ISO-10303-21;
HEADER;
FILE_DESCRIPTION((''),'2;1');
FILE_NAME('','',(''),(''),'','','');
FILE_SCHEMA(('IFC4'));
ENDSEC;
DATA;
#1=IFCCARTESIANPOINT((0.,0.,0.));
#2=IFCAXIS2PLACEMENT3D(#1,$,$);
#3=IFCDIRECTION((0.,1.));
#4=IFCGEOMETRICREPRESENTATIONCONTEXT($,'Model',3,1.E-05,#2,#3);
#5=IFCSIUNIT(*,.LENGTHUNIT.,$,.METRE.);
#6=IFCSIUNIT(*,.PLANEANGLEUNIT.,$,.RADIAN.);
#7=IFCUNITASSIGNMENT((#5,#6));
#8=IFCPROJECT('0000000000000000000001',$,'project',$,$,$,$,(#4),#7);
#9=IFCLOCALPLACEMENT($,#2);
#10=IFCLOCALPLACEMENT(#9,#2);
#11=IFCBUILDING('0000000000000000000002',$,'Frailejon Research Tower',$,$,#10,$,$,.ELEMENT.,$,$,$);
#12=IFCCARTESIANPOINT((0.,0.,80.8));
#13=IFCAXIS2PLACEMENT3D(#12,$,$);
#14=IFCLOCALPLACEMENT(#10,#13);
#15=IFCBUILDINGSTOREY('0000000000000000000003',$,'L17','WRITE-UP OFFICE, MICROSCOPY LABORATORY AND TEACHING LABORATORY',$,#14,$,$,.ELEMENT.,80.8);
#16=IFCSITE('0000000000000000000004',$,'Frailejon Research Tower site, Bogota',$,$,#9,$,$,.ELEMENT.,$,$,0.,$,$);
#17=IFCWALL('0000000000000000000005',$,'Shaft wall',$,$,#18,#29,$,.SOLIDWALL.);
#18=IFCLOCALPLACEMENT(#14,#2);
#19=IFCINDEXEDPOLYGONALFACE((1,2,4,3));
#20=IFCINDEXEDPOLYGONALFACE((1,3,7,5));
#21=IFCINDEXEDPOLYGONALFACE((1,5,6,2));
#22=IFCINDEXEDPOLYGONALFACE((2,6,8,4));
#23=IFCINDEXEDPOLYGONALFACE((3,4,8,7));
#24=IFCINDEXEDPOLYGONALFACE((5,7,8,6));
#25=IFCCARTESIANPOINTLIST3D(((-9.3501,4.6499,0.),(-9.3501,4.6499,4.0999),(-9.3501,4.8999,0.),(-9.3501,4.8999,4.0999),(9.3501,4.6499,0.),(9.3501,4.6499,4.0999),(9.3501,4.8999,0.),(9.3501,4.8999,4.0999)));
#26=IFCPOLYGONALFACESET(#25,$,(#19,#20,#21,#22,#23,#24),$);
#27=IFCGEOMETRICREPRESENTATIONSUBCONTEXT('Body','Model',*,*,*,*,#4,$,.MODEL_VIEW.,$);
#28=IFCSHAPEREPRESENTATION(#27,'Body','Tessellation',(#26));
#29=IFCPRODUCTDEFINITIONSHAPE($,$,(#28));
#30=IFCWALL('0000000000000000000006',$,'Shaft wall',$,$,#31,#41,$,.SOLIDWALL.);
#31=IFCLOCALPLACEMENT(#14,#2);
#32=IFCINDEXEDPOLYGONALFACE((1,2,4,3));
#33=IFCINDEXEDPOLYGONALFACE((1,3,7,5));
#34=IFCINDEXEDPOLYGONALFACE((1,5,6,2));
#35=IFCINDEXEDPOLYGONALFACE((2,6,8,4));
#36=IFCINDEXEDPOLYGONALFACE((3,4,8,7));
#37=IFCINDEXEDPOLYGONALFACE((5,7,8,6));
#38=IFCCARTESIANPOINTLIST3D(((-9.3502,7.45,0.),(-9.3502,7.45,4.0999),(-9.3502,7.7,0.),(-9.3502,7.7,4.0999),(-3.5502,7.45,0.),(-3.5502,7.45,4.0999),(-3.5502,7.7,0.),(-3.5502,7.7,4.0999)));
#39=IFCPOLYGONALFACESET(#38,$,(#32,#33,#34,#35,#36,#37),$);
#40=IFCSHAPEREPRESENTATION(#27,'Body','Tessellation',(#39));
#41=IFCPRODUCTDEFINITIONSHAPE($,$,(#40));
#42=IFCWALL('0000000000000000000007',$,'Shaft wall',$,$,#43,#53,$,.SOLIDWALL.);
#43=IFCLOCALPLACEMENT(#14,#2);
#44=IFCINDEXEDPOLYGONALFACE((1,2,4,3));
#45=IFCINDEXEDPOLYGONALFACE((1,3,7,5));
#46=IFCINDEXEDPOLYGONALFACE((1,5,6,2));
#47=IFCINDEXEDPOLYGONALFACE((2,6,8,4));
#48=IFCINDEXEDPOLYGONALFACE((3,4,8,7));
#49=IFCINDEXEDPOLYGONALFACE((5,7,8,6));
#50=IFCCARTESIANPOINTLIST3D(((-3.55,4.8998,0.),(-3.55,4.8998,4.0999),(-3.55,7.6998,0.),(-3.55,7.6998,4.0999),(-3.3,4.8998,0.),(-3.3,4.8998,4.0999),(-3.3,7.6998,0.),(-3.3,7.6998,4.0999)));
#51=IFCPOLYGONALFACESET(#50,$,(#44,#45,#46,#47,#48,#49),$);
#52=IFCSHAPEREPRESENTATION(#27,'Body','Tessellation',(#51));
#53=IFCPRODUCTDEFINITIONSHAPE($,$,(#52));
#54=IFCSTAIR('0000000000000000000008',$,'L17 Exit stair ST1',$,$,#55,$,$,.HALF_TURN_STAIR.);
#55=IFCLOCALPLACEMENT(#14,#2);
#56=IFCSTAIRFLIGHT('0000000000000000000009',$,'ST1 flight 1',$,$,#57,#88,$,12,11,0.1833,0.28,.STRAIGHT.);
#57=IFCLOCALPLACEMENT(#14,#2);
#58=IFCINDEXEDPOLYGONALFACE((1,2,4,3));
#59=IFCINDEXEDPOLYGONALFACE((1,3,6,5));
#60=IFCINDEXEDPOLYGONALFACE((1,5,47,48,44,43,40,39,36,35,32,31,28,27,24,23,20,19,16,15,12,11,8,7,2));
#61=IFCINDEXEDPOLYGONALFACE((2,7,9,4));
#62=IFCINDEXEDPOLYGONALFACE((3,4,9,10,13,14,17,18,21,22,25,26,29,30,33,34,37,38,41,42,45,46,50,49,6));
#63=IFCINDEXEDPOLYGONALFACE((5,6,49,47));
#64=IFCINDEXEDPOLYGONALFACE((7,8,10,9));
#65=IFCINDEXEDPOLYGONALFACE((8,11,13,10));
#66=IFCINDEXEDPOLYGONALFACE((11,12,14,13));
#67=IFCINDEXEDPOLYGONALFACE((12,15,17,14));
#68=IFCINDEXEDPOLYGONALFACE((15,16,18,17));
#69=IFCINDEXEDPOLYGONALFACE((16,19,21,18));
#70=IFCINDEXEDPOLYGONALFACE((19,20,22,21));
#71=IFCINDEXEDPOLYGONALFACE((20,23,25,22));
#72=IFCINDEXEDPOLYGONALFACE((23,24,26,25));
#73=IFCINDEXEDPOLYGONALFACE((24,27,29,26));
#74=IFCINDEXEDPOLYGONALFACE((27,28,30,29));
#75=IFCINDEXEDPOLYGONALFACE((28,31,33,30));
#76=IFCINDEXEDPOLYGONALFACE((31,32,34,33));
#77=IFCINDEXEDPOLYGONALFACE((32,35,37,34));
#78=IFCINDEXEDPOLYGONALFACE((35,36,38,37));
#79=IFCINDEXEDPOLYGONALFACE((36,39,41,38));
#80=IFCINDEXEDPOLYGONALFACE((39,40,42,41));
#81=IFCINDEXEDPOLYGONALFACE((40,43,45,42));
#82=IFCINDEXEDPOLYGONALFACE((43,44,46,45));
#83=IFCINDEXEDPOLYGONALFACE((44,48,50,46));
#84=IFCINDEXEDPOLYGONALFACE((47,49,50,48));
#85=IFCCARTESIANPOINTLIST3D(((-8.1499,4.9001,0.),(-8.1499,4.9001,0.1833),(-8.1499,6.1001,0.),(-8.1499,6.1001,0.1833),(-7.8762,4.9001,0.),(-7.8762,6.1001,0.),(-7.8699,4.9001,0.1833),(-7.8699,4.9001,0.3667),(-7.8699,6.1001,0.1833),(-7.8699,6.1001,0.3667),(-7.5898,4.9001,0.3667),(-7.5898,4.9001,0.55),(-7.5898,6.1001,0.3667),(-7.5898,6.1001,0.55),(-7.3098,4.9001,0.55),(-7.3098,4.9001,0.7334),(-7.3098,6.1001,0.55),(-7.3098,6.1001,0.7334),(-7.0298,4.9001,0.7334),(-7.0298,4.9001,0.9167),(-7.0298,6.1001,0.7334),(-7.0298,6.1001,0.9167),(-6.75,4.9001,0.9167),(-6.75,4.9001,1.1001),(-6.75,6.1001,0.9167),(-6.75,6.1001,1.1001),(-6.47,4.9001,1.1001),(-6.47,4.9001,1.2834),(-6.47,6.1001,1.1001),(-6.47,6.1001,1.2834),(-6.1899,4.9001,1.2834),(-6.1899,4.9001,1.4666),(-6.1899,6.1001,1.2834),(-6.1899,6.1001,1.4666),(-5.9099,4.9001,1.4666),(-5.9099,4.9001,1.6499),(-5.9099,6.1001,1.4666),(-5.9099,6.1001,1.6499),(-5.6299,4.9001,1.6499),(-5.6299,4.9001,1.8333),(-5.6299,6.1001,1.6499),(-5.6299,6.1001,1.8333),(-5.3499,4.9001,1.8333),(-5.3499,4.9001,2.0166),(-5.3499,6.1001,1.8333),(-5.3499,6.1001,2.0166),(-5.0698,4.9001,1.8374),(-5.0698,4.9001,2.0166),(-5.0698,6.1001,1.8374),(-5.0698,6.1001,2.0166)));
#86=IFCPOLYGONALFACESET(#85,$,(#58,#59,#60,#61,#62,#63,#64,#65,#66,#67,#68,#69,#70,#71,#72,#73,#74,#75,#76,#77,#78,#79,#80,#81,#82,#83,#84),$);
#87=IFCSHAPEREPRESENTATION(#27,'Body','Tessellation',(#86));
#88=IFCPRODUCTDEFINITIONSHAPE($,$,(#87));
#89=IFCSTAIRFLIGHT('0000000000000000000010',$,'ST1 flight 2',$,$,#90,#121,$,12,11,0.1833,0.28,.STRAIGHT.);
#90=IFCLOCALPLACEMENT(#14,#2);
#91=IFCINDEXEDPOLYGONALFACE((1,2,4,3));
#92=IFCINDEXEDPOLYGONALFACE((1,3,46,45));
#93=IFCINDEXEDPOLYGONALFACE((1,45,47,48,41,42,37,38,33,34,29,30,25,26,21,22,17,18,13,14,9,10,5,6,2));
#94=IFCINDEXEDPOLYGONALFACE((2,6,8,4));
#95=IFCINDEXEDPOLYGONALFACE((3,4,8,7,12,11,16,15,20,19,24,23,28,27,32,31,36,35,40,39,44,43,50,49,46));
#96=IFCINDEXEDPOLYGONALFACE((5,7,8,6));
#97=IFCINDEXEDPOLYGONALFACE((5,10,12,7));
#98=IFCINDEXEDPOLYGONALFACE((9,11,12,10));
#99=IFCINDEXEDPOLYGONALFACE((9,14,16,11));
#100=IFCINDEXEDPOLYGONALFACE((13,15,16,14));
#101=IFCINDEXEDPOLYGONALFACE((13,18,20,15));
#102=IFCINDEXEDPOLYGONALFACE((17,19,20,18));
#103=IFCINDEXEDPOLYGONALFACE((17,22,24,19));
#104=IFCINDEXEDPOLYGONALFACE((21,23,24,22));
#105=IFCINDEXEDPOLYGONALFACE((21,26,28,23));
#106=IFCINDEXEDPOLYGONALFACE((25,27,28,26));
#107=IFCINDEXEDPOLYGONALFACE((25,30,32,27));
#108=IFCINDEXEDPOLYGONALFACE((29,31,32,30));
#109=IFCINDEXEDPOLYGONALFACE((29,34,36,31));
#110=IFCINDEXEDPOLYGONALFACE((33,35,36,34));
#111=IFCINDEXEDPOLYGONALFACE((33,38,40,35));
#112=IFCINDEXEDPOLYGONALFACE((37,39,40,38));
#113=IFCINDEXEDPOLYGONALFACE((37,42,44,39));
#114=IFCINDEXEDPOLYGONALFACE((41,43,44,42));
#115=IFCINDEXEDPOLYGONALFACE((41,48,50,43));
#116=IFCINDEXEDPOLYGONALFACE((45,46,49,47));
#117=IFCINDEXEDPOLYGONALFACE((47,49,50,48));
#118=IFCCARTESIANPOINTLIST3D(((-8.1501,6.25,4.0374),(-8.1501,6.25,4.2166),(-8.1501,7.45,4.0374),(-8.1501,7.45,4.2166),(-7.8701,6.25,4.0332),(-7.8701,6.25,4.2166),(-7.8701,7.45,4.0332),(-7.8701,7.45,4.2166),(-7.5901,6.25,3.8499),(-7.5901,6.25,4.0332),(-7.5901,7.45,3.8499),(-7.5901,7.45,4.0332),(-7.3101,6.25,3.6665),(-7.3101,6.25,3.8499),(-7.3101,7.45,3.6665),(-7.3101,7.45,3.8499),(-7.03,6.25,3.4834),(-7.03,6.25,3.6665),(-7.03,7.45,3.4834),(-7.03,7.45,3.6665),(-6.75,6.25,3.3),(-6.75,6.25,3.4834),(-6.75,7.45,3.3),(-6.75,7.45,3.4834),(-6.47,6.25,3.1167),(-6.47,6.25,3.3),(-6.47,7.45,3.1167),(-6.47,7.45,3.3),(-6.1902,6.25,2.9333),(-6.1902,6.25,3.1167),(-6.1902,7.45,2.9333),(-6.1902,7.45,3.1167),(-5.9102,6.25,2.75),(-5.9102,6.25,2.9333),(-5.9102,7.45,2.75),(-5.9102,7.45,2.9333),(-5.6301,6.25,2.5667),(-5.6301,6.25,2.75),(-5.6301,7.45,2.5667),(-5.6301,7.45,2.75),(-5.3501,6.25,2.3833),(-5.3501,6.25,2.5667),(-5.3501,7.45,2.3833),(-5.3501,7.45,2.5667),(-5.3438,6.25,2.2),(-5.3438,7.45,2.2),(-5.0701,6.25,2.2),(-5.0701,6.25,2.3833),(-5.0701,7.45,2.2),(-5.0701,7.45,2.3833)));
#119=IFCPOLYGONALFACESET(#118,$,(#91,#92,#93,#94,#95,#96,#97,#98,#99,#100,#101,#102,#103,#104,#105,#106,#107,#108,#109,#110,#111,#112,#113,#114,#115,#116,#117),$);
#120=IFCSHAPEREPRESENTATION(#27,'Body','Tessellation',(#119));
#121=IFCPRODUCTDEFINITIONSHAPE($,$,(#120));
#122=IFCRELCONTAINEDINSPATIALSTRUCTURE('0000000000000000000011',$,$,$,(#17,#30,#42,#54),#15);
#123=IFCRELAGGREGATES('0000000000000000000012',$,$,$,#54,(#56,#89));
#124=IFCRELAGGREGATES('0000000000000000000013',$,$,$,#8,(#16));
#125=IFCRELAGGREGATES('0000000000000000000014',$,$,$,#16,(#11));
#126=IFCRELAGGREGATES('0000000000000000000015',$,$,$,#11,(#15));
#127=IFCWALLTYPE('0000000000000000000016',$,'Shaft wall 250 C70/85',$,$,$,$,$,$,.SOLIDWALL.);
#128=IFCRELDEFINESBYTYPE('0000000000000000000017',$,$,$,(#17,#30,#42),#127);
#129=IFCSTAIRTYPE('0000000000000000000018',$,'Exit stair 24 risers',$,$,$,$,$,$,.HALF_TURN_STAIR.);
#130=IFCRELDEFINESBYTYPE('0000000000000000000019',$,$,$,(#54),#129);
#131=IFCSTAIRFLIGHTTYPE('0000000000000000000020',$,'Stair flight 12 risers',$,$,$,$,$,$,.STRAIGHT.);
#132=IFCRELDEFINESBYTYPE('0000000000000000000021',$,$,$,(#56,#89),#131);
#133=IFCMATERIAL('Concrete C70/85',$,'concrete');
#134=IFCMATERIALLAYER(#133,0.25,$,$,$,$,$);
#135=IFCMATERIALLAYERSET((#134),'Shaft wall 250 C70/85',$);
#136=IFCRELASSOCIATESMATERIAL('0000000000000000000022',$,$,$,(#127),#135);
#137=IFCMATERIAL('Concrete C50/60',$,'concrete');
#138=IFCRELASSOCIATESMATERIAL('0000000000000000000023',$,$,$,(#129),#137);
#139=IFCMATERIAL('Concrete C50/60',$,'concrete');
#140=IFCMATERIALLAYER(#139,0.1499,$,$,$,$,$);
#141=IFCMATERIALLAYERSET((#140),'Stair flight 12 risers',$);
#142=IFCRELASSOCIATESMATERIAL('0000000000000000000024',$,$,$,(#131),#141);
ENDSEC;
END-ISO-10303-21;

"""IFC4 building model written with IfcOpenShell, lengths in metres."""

from ifc_helpers import new_model, si_unit, direction, frame, frame_2d, origin, place, context, subcontext, project, spatial, polyline, rectangle, outline, extrude, material, layer, layer_set, type_object, element, aggregate, save


model = new_model("IFC4")

# Units and contexts
model_context = context("Model", 3, precision=1e-05, world=origin(), true_north=direction((0.0, 1.0)))
body_context = subcontext(model_context, "Body", "Model", "MODEL_VIEW")
ifc_project = project(units=[si_unit("LENGTHUNIT", "METRE"), si_unit("PLANEANGLEUNIT", "RADIAN")], contexts=[model_context])

# Site, building, storey
site_placement = place(None, origin())
site = spatial("IfcSite", under=ifc_project, at=site_placement, Name="Frailejon Research Tower site, Bogota", CompositionType="ELEMENT", RefElevation=0.0)
building_placement = place(site_placement, origin())
building = spatial("IfcBuilding", under=site, at=building_placement, Name="Frailejon Research Tower", CompositionType="ELEMENT")
storey_placement = place(building_placement, frame((0.0, 0.0, 80.8)))
storey = spatial("IfcBuildingStorey", under=building, at=storey_placement, Name="L17", Description="WRITE-UP OFFICE, MICROSCOPY LABORATORY AND TEACHING LABORATORY", CompositionType="ELEMENT", Elevation=80.8)

# Shared definitions
ifc_material_1 = material(Name="Concrete C70/85", Category="concrete")
ifc_layer_1 = layer(ifc_material_1, 0.25)
ifc_layer_set_1 = layer_set([ifc_layer_1], Name="Shaft wall 250 C70/85")
wall_type_1 = type_object("IfcWallType", Name="Shaft wall 250 C70/85", PredefinedType="SOLIDWALL", material=ifc_layer_set_1)

# Walls
wall_1_placement = place(storey_placement, frame((-9.3501, 4.7749, 0.0), z_axis=(0.0, 0.0, 1.0), x_axis=(1.0, 0.0, 0.0)))
element("IfcWall", 1, at=wall_1_placement, inside=storey, type_object=wall_type_1, Name="Shaft wall", PredefinedType="SOLIDWALL", context=body_context, shape_type="SweptSolid", body=[
    extrude(rectangle(XDim=18.7002, YDim=0.25, at=frame_2d((9.3501, 0.0))), origin(), (0.0, 0.0, 1.0), 4.0999),
])
wall_2_placement = place(storey_placement, frame((-9.3501, 7.575, 0.0), z_axis=(0.0, 0.0, 1.0), x_axis=(1.0, 0.0, 0.0)))
element("IfcWall", 2, at=wall_2_placement, inside=storey, type_object=wall_type_1, Name="Shaft wall", PredefinedType="SOLIDWALL", context=body_context, shape_type="SweptSolid", body=[
    extrude(rectangle(XDim=5.8, YDim=0.25, at=frame_2d((2.8999, 0.0))), origin(), (0.0, 0.0, 1.0), 4.0999),
])
wall_3_placement = place(storey_placement, frame((-3.425, 4.8999, 0.0), z_axis=(0.0, 0.0, 1.0), x_axis=(0.0, 1.0, 0.0)))
element("IfcWall", 3, at=wall_3_placement, inside=storey, type_object=wall_type_1, Name="Shaft wall", PredefinedType="SOLIDWALL", context=body_context, shape_type="SweptSolid", body=[
    extrude(rectangle(XDim=2.8, YDim=0.25, at=frame_2d((1.3999, 0.0))), origin(), (0.0, 0.0, 1.0), 4.0999),
])

# Stair, stair flights
ifc_material_2 = material(Name="Concrete C50/60", Category="concrete")
stair_type = type_object("IfcStairType", Name="Exit stair 24 risers", PredefinedType="HALF_TURN_STAIR", material=ifc_material_2)
stair_placement = place(storey_placement, origin())
stair = element("IfcStair", 4, at=stair_placement, inside=storey, type_object=stair_type, Name="L17 Exit stair ST1", PredefinedType="HALF_TURN_STAIR")
ifc_material_3 = material(Name="Concrete C50/60", Category="concrete")
ifc_layer_2 = layer(ifc_material_3, 0.1499)
ifc_layer_set_2 = layer_set([ifc_layer_2], Name="Stair flight 12 risers")
stair_flight_type = type_object("IfcStairFlightType", Name="Stair flight 12 risers", PredefinedType="STRAIGHT", material=ifc_layer_set_2)
stair_flight_1_placement = place(storey_placement, frame((-8.1499, 5.5, 0.0), z_axis=(0.0, 0.0, 1.0), x_axis=(1.0, 0.0, 0.0)))
stair_flight_1 = element("IfcStairFlight", 5, at=stair_flight_1_placement, type_object=stair_flight_type, Name="ST1 flight 1", NumberOfRisers=12, NumberOfTreads=11, PredefinedType="STRAIGHT", RiserHeight=0.1833, TreadLength=0.28, context=body_context, shape_type="SweptSolid", body=[
    extrude(outline(polyline([(0.0, 0.0), (0.0, 0.1833), (0.28, 0.1833), (0.28, 0.3667), (0.5601, 0.3667), (0.5601, 0.55), (0.8401, 0.55), (0.8401, 0.7334), (1.1201, 0.7334), (1.1201, 0.9167), (1.3999, 0.9167), (1.3999, 1.1001), (1.6799, 1.1001), (1.6799, 1.2834), (1.96, 1.2834), (1.96, 1.4666), (2.24, 1.4666), (2.24, 1.6499), (2.52, 1.6499), (2.52, 1.8333), (2.8, 1.8333), (2.8, 2.0166), (3.0801, 2.0166), (3.0801, 2.2), (3.0801, 1.8374), (0.2737, 0.0), (0.0, 0.0)])), frame((0.0, 0.6001, 0.0), z_axis=(0.0, -1.0, 0.0), x_axis=(1.0, 0.0, 0.0)), (0.0, 0.0, 1.0), 1.2),
])
stair_flight_2_placement = place(storey_placement, frame((-5.0701, 6.8501, 2.2), z_axis=(0.0, 0.0, 1.0), x_axis=(-1.0, 0.0, 0.0)))
stair_flight_2 = element("IfcStairFlight", 6, at=stair_flight_2_placement, type_object=stair_flight_type, Name="ST1 flight 2", NumberOfRisers=12, NumberOfTreads=11, PredefinedType="STRAIGHT", RiserHeight=0.1833, TreadLength=0.28, context=body_context, shape_type="SweptSolid", body=[
    extrude(outline(polyline([(0.0, 0.0), (0.0, 0.1833), (0.28, 0.1833), (0.28, 0.3667), (0.5601, 0.3667), (0.5601, 0.55), (0.8401, 0.55), (0.8401, 0.7334), (1.1201, 0.7334), (1.1201, 0.9167), (1.3999, 0.9167), (1.3999, 1.1001), (1.6799, 1.1001), (1.6799, 1.2834), (1.96, 1.2834), (1.96, 1.4666), (2.24, 1.4666), (2.24, 1.6499), (2.52, 1.6499), (2.52, 1.8333), (2.8, 1.8333), (2.8, 2.0166), (3.0801, 2.0166), (3.0801, 2.2), (3.0801, 1.8374), (0.2737, 0.0), (0.0, 0.0)])), frame((0.0, 0.6001, 0.0), z_axis=(0.0, -1.0, 0.0), x_axis=(1.0, 0.0, 0.0)), (0.0, 0.0, 1.0), 1.2),
])
aggregate(stair, [stair_flight_1, stair_flight_2])

save(model, "model.ifc")
